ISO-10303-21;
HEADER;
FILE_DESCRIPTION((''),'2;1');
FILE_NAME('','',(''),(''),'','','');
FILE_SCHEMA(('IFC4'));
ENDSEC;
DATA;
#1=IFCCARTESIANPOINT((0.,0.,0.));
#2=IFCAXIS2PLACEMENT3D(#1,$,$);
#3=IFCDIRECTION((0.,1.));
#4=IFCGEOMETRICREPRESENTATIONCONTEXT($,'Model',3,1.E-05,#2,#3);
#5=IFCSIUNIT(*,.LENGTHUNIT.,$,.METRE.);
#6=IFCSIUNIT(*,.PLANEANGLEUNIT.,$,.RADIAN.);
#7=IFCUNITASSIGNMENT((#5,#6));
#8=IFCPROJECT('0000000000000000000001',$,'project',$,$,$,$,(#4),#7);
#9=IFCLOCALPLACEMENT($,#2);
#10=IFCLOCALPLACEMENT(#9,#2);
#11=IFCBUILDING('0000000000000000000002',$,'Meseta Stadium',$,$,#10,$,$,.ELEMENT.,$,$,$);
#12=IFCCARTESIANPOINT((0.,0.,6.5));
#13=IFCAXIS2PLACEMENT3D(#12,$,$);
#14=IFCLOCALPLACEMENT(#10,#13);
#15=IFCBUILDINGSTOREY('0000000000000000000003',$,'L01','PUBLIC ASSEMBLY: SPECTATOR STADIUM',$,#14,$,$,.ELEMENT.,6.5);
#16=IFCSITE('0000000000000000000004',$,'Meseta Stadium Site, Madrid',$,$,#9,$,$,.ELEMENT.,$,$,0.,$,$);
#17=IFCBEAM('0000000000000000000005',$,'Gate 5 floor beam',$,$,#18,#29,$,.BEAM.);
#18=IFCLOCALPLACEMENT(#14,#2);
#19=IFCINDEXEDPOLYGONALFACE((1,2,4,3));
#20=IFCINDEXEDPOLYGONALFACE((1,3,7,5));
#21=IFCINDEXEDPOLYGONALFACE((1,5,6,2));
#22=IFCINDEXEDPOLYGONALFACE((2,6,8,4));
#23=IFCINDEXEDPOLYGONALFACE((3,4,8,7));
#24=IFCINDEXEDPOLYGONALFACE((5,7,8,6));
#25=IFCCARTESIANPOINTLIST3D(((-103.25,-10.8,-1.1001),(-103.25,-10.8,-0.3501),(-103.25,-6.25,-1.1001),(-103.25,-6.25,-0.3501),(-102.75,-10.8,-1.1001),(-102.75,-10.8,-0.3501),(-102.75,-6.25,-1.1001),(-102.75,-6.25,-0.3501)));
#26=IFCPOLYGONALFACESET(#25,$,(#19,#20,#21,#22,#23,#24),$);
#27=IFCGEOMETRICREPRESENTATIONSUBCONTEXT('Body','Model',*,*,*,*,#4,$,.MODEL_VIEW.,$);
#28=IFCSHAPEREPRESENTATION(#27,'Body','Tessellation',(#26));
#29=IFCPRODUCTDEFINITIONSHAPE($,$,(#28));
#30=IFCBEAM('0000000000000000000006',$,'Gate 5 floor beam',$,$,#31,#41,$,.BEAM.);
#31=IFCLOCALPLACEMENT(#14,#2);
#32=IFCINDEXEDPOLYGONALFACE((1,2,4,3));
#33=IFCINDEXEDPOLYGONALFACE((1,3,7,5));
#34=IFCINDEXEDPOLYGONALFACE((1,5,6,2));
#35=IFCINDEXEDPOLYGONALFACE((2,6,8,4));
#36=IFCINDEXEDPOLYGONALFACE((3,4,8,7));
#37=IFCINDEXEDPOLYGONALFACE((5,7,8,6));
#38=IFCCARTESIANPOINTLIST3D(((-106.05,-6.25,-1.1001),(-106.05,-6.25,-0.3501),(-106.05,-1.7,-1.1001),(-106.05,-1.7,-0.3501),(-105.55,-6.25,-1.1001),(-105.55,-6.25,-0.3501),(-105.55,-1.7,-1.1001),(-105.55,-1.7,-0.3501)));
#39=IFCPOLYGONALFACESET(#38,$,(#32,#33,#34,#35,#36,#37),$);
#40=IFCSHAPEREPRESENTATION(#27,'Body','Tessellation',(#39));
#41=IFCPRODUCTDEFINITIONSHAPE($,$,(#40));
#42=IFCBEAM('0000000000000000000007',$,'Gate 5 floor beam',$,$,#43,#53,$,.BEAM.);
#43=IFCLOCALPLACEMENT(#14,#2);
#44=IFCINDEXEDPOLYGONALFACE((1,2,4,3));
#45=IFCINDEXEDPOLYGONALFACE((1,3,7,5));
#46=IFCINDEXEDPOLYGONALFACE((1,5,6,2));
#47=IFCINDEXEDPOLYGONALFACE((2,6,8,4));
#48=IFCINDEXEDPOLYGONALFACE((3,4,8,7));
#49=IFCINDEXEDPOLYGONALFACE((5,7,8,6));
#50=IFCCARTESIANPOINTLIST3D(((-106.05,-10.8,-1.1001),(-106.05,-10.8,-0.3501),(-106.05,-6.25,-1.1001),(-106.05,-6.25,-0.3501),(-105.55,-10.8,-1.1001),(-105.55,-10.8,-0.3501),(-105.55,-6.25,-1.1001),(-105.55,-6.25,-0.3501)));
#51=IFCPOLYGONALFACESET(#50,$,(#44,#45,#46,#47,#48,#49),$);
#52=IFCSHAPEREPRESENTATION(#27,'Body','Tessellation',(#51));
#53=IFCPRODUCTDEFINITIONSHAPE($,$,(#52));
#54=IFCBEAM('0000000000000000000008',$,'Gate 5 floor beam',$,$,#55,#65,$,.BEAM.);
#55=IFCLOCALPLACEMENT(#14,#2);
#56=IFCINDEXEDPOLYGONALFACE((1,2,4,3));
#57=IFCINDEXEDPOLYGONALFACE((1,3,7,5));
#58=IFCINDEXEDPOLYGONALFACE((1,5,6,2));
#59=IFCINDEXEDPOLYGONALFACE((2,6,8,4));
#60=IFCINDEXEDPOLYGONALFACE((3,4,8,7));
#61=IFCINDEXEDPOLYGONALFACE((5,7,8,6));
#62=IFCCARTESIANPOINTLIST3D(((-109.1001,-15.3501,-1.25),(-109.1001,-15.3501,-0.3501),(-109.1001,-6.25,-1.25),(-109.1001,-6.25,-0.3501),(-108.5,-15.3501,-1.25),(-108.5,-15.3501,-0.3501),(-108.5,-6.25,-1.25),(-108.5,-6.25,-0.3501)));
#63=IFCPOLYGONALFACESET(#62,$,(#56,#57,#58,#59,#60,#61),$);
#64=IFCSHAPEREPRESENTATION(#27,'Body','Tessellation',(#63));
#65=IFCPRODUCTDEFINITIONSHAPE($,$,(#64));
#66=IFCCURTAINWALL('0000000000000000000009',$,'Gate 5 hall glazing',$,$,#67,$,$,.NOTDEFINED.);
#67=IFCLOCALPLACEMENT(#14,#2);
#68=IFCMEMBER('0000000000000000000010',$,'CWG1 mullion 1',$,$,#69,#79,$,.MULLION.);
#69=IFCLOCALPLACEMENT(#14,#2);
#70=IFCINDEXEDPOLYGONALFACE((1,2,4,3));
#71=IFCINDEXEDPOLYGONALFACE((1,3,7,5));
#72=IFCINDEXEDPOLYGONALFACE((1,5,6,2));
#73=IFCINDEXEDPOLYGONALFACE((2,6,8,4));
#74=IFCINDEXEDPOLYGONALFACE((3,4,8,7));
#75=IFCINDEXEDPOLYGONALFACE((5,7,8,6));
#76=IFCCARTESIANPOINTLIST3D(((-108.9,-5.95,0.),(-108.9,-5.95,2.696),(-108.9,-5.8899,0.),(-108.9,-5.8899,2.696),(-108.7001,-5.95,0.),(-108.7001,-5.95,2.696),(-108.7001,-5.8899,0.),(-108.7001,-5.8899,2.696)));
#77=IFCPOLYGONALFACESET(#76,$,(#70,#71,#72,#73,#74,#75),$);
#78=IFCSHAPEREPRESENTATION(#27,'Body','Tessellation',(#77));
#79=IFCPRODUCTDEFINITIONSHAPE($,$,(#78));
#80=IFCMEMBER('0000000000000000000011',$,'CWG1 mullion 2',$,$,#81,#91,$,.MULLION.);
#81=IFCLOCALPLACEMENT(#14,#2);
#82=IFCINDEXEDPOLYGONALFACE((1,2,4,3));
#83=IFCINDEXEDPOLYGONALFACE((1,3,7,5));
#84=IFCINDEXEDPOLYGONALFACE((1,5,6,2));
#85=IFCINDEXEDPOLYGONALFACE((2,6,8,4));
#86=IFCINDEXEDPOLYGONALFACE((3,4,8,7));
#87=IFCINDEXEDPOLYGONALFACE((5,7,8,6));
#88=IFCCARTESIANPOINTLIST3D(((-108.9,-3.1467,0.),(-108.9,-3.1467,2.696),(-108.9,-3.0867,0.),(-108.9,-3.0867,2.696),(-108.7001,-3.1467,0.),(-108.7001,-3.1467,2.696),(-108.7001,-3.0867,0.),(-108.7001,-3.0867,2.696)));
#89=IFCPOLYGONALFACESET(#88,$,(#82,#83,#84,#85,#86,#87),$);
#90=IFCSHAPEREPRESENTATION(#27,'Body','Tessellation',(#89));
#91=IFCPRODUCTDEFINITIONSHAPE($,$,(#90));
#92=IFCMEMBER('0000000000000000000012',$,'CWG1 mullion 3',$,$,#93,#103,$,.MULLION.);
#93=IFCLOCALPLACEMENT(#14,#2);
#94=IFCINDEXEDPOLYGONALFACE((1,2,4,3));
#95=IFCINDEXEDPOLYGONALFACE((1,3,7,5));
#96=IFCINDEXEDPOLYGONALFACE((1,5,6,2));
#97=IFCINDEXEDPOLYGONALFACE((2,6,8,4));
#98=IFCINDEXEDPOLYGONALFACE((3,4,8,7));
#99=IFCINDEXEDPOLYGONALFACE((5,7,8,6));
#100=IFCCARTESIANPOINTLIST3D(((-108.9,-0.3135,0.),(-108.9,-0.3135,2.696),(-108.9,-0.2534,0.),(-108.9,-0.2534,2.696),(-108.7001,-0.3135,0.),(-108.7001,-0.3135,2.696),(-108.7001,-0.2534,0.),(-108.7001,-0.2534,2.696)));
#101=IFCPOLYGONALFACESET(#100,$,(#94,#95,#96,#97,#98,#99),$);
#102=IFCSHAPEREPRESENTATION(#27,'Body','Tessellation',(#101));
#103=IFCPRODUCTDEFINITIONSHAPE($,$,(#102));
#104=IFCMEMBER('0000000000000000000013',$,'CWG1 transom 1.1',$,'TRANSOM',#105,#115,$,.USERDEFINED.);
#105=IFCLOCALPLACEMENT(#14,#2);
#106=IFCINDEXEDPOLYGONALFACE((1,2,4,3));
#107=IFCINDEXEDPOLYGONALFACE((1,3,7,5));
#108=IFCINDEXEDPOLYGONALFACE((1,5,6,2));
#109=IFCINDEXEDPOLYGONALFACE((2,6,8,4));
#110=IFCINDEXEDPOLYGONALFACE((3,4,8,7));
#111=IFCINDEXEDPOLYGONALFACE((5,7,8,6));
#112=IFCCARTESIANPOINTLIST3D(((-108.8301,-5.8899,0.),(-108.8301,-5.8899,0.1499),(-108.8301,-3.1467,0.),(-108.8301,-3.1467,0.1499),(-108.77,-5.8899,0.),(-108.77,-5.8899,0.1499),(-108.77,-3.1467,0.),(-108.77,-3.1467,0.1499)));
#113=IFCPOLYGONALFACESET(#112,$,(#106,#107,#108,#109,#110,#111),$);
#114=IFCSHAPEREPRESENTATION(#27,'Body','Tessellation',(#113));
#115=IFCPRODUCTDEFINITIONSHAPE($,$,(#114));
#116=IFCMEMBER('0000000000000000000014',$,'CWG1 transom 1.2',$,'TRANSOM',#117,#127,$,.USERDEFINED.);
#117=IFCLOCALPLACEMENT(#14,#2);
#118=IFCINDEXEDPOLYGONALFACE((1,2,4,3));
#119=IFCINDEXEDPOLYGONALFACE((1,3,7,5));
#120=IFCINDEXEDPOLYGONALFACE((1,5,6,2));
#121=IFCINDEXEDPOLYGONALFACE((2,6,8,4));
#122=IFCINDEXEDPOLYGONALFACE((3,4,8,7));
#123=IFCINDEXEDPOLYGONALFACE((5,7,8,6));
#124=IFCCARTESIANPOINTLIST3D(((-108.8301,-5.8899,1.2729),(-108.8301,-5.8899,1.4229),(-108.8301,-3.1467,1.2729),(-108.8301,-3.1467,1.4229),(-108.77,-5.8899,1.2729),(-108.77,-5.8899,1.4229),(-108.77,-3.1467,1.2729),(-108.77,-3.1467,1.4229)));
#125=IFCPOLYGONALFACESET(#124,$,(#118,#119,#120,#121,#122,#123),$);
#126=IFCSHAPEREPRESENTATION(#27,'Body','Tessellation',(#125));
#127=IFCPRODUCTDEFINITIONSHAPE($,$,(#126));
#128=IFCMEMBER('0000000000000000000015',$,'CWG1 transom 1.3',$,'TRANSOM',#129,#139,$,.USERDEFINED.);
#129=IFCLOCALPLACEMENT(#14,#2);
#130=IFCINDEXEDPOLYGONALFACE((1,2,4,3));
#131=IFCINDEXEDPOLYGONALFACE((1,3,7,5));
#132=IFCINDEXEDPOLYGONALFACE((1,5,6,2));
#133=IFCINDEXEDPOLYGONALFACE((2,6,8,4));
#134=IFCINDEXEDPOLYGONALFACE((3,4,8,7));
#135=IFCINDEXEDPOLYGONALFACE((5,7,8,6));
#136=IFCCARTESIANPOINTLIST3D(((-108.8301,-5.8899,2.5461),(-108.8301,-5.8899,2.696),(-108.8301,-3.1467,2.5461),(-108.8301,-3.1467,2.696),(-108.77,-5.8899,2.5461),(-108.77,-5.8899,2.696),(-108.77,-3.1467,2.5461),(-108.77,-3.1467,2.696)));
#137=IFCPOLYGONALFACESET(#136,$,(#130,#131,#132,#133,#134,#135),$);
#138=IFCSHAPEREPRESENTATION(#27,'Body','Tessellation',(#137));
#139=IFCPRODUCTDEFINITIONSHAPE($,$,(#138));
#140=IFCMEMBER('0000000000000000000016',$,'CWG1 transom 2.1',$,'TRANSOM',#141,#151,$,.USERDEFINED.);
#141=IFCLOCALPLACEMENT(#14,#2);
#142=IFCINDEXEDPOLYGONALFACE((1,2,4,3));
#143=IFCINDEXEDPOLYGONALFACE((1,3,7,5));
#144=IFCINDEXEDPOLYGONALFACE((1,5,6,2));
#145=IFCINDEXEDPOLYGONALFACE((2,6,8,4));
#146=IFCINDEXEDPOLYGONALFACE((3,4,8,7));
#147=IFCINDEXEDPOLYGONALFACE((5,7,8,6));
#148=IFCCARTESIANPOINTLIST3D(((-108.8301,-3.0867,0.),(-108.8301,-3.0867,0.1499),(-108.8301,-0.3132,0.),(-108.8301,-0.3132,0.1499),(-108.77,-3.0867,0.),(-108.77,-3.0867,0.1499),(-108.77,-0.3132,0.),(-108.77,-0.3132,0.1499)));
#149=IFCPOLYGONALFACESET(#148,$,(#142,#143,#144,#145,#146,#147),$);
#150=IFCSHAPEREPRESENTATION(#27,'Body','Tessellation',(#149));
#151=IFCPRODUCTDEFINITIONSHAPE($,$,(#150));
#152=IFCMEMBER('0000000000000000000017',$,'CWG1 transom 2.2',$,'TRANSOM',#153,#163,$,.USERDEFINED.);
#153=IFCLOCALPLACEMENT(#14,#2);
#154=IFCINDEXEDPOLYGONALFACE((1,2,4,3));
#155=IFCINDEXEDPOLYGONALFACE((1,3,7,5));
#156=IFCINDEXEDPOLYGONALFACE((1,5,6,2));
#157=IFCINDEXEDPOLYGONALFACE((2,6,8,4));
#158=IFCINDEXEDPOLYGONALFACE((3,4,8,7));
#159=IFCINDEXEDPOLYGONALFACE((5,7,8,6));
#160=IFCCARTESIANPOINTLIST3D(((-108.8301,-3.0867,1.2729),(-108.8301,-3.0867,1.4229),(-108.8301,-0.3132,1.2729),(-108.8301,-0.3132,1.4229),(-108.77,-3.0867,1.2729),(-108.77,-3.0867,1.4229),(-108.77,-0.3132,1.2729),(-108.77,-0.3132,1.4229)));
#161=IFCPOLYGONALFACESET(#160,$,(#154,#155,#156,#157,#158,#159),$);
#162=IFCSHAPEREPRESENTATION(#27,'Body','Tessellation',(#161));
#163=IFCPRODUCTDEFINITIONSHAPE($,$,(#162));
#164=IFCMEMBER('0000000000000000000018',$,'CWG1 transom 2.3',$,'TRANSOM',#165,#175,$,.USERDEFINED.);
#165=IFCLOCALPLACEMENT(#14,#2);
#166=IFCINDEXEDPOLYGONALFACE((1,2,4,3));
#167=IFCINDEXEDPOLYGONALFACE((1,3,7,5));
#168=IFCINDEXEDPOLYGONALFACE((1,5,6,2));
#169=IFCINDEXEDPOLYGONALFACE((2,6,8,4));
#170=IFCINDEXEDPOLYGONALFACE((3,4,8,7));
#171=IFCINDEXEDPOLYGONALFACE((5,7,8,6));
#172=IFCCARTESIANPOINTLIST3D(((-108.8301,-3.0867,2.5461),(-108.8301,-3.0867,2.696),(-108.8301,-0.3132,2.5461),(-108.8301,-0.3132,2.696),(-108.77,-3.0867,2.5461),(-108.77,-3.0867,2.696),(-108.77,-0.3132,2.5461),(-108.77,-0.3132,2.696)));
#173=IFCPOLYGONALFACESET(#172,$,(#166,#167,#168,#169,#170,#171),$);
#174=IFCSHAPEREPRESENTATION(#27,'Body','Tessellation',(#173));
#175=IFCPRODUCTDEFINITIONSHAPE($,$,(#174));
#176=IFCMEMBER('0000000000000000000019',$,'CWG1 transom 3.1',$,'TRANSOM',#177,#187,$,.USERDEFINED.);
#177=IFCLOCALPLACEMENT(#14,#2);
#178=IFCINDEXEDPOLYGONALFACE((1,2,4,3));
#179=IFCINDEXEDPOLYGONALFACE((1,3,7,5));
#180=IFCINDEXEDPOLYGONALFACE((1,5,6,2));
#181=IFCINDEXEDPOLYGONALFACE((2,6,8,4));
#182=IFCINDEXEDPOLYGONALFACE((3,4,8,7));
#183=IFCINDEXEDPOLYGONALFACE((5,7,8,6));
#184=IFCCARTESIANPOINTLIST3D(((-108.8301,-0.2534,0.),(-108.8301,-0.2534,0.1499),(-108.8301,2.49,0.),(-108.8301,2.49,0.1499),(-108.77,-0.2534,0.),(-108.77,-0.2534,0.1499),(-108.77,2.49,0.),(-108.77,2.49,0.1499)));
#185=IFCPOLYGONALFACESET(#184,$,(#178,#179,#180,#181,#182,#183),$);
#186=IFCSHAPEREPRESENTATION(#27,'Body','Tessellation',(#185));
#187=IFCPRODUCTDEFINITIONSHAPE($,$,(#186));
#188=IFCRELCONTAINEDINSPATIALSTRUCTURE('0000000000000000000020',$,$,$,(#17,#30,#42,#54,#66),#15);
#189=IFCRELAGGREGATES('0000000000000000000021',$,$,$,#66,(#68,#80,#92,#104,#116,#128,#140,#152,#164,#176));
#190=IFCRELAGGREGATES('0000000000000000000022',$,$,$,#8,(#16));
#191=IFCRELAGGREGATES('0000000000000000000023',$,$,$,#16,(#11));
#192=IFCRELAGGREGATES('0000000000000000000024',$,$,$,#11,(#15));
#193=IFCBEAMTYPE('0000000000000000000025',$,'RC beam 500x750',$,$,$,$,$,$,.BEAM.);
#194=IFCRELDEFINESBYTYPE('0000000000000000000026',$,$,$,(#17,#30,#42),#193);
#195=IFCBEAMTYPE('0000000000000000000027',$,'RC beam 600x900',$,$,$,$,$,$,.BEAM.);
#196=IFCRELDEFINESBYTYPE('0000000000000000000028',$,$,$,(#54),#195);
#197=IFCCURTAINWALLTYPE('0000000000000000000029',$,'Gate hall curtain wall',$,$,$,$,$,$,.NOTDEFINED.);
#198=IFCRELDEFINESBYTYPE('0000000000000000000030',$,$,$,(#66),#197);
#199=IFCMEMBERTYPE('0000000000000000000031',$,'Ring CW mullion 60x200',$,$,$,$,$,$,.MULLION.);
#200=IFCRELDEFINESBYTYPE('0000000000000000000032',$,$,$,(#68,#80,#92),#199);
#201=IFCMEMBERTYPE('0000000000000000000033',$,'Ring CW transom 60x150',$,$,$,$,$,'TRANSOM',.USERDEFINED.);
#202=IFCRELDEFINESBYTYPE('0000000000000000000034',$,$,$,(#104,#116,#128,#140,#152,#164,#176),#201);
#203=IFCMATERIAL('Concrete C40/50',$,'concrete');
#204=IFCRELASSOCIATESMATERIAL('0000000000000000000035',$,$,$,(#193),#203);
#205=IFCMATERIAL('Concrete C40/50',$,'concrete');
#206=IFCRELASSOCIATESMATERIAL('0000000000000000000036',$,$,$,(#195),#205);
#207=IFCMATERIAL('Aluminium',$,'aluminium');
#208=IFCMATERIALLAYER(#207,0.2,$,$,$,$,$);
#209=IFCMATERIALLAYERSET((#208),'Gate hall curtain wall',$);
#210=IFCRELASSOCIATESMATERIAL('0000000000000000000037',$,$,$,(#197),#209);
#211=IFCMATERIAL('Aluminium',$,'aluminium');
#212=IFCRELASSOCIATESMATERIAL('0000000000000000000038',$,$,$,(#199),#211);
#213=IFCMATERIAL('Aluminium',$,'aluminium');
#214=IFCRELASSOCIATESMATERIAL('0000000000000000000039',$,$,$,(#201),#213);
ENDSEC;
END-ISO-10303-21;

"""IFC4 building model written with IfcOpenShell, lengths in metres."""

from ifc_helpers import new_model, si_unit, direction, frame, origin, origin_2d, place, context, subcontext, project, spatial, rectangle, extrude, material, layer, layer_set, material_profile, profile_set, type_object, element, aggregate, save


model = new_model("IFC4")

# Units and contexts
model_context = context("Model", 3, precision=1e-05, world=origin(), true_north=direction((0.0, 1.0)))
body_context = subcontext(model_context, "Body", "Model", "MODEL_VIEW")
ifc_project = project(units=[si_unit("LENGTHUNIT", "METRE"), si_unit("PLANEANGLEUNIT", "RADIAN")], contexts=[model_context])

# Site, building, storey
site_placement = place(None, origin())
site = spatial("IfcSite", under=ifc_project, at=site_placement, Name="Meseta Stadium Site, Madrid", CompositionType="ELEMENT", RefElevation=0.0)
building_placement = place(site_placement, origin())
building = spatial("IfcBuilding", under=site, at=building_placement, Name="Meseta Stadium", CompositionType="ELEMENT")
storey_placement = place(building_placement, frame((0.0, 0.0, 6.5)))
storey = spatial("IfcBuildingStorey", under=building, at=storey_placement, Name="L01", Description="PUBLIC ASSEMBLY: SPECTATOR STADIUM", CompositionType="ELEMENT", Elevation=6.5)

# Beams
ifc_material_1 = material(Name="Concrete C40/50", Category="concrete")
ifc_material_profile_1 = material_profile(ifc_material_1, rectangle(XDim=0.5, YDim=0.75, at=origin_2d()), Name="RC 500x750")
ifc_profile_set_1 = profile_set([ifc_material_profile_1], Name="Concrete C40/50")
beam_type_1 = type_object("IfcBeamType", Name="RC beam 500x750", PredefinedType="BEAM", material=ifc_profile_set_1)
for number, where, z_axis, x_axis, name in (
    (1, (-103.0, -6.25, -0.7251), (0.0, -1.0, 0.0), (1.0, 0.0, 0.0), "Gate 5 floor beam"),
    (2, (-105.8, -1.7, -0.7251), (0.0, -1.0, 0.0), (1.0, 0.0, 0.0), "Gate 5 floor beam"),
    (3, (-105.8, -6.25, -0.7251), (0.0, -1.0, 0.0), (1.0, 0.0, 0.0), "Gate 5 floor beam"),
):
    element("IfcBeam", number, at=place(storey_placement, frame(where, z_axis=z_axis, x_axis=x_axis)), inside=storey, type_object=beam_type_1, Name=name, PredefinedType="BEAM", context=body_context, shape_type="SweptSolid", body=[
        extrude(rectangle(XDim=0.5, YDim=0.75, at=origin_2d()), origin(), (0.0, 0.0, 1.0), 4.55),
    ])
ifc_material_2 = material(Name="Concrete C40/50", Category="concrete")
ifc_material_profile_2 = material_profile(ifc_material_2, rectangle(XDim=0.6001, YDim=0.8999, at=origin_2d()), Name="RC 600x900")
ifc_profile_set_2 = profile_set([ifc_material_profile_2], Name="Concrete C40/50")
beam_type_2 = type_object("IfcBeamType", Name="RC beam 600x900", PredefinedType="BEAM", material=ifc_profile_set_2)
beam_1_placement = place(storey_placement, frame((-108.8, -6.25, -0.8), z_axis=(0.0, -1.0, 0.0), x_axis=(1.0, 0.0, 0.0)))
element("IfcBeam", 4, at=beam_1_placement, inside=storey, type_object=beam_type_2, Name="Gate 5 floor beam", PredefinedType="BEAM", context=body_context, shape_type="SweptSolid", body=[
    extrude(rectangle(XDim=0.6001, YDim=0.8999, at=origin_2d()), origin(), (0.0, 0.0, 1.0), 9.1001),
])

# Curtain wall, members
ifc_material_3 = material(Name="Aluminium", Category="aluminium")
ifc_layer_1 = layer(ifc_material_3, 0.2)
ifc_layer_set_1 = layer_set([ifc_layer_1], Name="Gate hall curtain wall")
curtain_wall_type = type_object("IfcCurtainWallType", Name="Gate hall curtain wall", PredefinedType="NOTDEFINED", material=ifc_layer_set_1)
curtain_wall_placement = place(storey_placement, origin())
curtain_wall = element("IfcCurtainWall", 5, at=curtain_wall_placement, inside=storey, type_object=curtain_wall_type, Name="Gate 5 hall glazing", PredefinedType="NOTDEFINED")
ifc_material_4 = material(Name="Aluminium", Category="aluminium")
ifc_material_profile_3 = material_profile(ifc_material_4, rectangle(XDim=0.2, YDim=0.0601, at=origin_2d()), Name="CW 200x60")
ifc_profile_set_3 = profile_set([ifc_material_profile_3], Name="Aluminium")
member_type_1 = type_object("IfcMemberType", Name="Ring CW mullion 60x200", PredefinedType="MULLION", material=ifc_profile_set_3)
member_1_placement = place(storey_placement, frame((-108.8, -5.9199, 0.0), z_axis=(0.0, 0.0, 1.0), x_axis=(-1.0, 0.0, 0.0)))
member_1 = element("IfcMember", 6, at=member_1_placement, type_object=member_type_1, Name="CWG1 mullion 1", PredefinedType="MULLION", context=body_context, shape_type="SweptSolid", body=[
    extrude(rectangle(XDim=0.2, YDim=0.0601, at=origin_2d()), origin(), (0.0, 0.0, 1.0), 2.696),
])
member_2_placement = place(storey_placement, frame((-108.8, -3.1167, 0.0), z_axis=(0.0, 0.0, 1.0), x_axis=(-1.0, 0.0, 0.0)))
member_2 = element("IfcMember", 7, at=member_2_placement, type_object=member_type_1, Name="CWG1 mullion 2", PredefinedType="MULLION", context=body_context, shape_type="SweptSolid", body=[
    extrude(rectangle(XDim=0.2, YDim=0.0601, at=origin_2d()), origin(), (0.0, 0.0, 1.0), 2.696),
])
member_3_placement = place(storey_placement, frame((-108.8, -0.2834, 0.0), z_axis=(0.0, 0.0, 1.0), x_axis=(-1.0, 0.0, 0.0)))
member_3 = element("IfcMember", 8, at=member_3_placement, type_object=member_type_1, Name="CWG1 mullion 3", PredefinedType="MULLION", context=body_context, shape_type="SweptSolid", body=[
    extrude(rectangle(XDim=0.2, YDim=0.0601, at=origin_2d()), origin(), (0.0, 0.0, 1.0), 2.696),
])
ifc_material_5 = material(Name="Aluminium", Category="aluminium")
ifc_material_profile_4 = material_profile(ifc_material_5, rectangle(XDim=0.0601, YDim=0.1499, at=origin_2d()), Name="CW 60x150")
ifc_profile_set_4 = profile_set([ifc_material_profile_4], Name="Aluminium")
member_type_2 = type_object("IfcMemberType", Name="Ring CW transom 60x150", ElementType="TRANSOM", PredefinedType="USERDEFINED", material=ifc_profile_set_4)
member_4_placement = place(storey_placement, frame((-108.8, -5.8899, 0.075), z_axis=(0.0, 1.0, 0.0), x_axis=(-1.0, 0.0, 0.0)))
member_4 = element("IfcMember", 9, at=member_4_placement, type_object=member_type_2, Name="CWG1 transom 1.1", ObjectType="TRANSOM", PredefinedType="USERDEFINED", context=body_context, shape_type="SweptSolid", body=[
    extrude(rectangle(XDim=0.0601, YDim=0.1499, at=origin_2d()), origin(), (0.0, 0.0, 1.0), 2.7432),
])
member_5_placement = place(storey_placement, frame((-108.8, -5.8899, 1.3479), z_axis=(0.0, 1.0, 0.0), x_axis=(-1.0, 0.0, 0.0)))
member_5 = element("IfcMember", 10, at=member_5_placement, type_object=member_type_2, Name="CWG1 transom 1.2", ObjectType="TRANSOM", PredefinedType="USERDEFINED", context=body_context, shape_type="SweptSolid", body=[
    extrude(rectangle(XDim=0.0601, YDim=0.1499, at=origin_2d()), origin(), (0.0, 0.0, 1.0), 2.7432),
])
member_6_placement = place(storey_placement, frame((-108.8, -5.8899, 2.6211), z_axis=(0.0, 1.0, 0.0), x_axis=(-1.0, 0.0, 0.0)))
member_6 = element("IfcMember", 11, at=member_6_placement, type_object=member_type_2, Name="CWG1 transom 1.3", ObjectType="TRANSOM", PredefinedType="USERDEFINED", context=body_context, shape_type="SweptSolid", body=[
    extrude(rectangle(XDim=0.0601, YDim=0.1499, at=origin_2d()), origin(), (0.0, 0.0, 1.0), 2.7432),
])
member_7_placement = place(storey_placement, frame((-108.8, -3.0867, 0.075), z_axis=(0.0, 1.0, 0.0), x_axis=(-1.0, 0.0, 0.0)))
member_7 = element("IfcMember", 12, at=member_7_placement, type_object=member_type_2, Name="CWG1 transom 2.1", ObjectType="TRANSOM", PredefinedType="USERDEFINED", context=body_context, shape_type="SweptSolid", body=[
    extrude(rectangle(XDim=0.0601, YDim=0.1499, at=origin_2d()), origin(), (0.0, 0.0, 1.0), 2.7734),
])
member_8_placement = place(storey_placement, frame((-108.8, -3.0867, 1.3479), z_axis=(0.0, 1.0, 0.0), x_axis=(-1.0, 0.0, 0.0)))
member_8 = element("IfcMember", 13, at=member_8_placement, type_object=member_type_2, Name="CWG1 transom 2.2", ObjectType="TRANSOM", PredefinedType="USERDEFINED", context=body_context, shape_type="SweptSolid", body=[
    extrude(rectangle(XDim=0.0601, YDim=0.1499, at=origin_2d()), origin(), (0.0, 0.0, 1.0), 2.7734),
])
member_9_placement = place(storey_placement, frame((-108.8, -3.0867, 2.6211), z_axis=(0.0, 1.0, 0.0), x_axis=(-1.0, 0.0, 0.0)))
member_9 = element("IfcMember", 14, at=member_9_placement, type_object=member_type_2, Name="CWG1 transom 2.3", ObjectType="TRANSOM", PredefinedType="USERDEFINED", context=body_context, shape_type="SweptSolid", body=[
    extrude(rectangle(XDim=0.0601, YDim=0.1499, at=origin_2d()), origin(), (0.0, 0.0, 1.0), 2.7734),
])
member_10_placement = place(storey_placement, frame((-108.8, -0.2534, 0.075), z_axis=(0.0, 1.0, 0.0), x_axis=(-1.0, 0.0, 0.0)))
member_10 = element("IfcMember", 15, at=member_10_placement, type_object=member_type_2, Name="CWG1 transom 3.1", ObjectType="TRANSOM", PredefinedType="USERDEFINED", context=body_context, shape_type="SweptSolid", body=[
    extrude(rectangle(XDim=0.0601, YDim=0.1499, at=origin_2d()), origin(), (0.0, 0.0, 1.0), 2.7434),
])

aggregate(curtain_wall, [member_1, member_2, member_3, member_4, member_5, member_6, member_7, member_8, member_9, member_10])

save(model, "model.ifc")
